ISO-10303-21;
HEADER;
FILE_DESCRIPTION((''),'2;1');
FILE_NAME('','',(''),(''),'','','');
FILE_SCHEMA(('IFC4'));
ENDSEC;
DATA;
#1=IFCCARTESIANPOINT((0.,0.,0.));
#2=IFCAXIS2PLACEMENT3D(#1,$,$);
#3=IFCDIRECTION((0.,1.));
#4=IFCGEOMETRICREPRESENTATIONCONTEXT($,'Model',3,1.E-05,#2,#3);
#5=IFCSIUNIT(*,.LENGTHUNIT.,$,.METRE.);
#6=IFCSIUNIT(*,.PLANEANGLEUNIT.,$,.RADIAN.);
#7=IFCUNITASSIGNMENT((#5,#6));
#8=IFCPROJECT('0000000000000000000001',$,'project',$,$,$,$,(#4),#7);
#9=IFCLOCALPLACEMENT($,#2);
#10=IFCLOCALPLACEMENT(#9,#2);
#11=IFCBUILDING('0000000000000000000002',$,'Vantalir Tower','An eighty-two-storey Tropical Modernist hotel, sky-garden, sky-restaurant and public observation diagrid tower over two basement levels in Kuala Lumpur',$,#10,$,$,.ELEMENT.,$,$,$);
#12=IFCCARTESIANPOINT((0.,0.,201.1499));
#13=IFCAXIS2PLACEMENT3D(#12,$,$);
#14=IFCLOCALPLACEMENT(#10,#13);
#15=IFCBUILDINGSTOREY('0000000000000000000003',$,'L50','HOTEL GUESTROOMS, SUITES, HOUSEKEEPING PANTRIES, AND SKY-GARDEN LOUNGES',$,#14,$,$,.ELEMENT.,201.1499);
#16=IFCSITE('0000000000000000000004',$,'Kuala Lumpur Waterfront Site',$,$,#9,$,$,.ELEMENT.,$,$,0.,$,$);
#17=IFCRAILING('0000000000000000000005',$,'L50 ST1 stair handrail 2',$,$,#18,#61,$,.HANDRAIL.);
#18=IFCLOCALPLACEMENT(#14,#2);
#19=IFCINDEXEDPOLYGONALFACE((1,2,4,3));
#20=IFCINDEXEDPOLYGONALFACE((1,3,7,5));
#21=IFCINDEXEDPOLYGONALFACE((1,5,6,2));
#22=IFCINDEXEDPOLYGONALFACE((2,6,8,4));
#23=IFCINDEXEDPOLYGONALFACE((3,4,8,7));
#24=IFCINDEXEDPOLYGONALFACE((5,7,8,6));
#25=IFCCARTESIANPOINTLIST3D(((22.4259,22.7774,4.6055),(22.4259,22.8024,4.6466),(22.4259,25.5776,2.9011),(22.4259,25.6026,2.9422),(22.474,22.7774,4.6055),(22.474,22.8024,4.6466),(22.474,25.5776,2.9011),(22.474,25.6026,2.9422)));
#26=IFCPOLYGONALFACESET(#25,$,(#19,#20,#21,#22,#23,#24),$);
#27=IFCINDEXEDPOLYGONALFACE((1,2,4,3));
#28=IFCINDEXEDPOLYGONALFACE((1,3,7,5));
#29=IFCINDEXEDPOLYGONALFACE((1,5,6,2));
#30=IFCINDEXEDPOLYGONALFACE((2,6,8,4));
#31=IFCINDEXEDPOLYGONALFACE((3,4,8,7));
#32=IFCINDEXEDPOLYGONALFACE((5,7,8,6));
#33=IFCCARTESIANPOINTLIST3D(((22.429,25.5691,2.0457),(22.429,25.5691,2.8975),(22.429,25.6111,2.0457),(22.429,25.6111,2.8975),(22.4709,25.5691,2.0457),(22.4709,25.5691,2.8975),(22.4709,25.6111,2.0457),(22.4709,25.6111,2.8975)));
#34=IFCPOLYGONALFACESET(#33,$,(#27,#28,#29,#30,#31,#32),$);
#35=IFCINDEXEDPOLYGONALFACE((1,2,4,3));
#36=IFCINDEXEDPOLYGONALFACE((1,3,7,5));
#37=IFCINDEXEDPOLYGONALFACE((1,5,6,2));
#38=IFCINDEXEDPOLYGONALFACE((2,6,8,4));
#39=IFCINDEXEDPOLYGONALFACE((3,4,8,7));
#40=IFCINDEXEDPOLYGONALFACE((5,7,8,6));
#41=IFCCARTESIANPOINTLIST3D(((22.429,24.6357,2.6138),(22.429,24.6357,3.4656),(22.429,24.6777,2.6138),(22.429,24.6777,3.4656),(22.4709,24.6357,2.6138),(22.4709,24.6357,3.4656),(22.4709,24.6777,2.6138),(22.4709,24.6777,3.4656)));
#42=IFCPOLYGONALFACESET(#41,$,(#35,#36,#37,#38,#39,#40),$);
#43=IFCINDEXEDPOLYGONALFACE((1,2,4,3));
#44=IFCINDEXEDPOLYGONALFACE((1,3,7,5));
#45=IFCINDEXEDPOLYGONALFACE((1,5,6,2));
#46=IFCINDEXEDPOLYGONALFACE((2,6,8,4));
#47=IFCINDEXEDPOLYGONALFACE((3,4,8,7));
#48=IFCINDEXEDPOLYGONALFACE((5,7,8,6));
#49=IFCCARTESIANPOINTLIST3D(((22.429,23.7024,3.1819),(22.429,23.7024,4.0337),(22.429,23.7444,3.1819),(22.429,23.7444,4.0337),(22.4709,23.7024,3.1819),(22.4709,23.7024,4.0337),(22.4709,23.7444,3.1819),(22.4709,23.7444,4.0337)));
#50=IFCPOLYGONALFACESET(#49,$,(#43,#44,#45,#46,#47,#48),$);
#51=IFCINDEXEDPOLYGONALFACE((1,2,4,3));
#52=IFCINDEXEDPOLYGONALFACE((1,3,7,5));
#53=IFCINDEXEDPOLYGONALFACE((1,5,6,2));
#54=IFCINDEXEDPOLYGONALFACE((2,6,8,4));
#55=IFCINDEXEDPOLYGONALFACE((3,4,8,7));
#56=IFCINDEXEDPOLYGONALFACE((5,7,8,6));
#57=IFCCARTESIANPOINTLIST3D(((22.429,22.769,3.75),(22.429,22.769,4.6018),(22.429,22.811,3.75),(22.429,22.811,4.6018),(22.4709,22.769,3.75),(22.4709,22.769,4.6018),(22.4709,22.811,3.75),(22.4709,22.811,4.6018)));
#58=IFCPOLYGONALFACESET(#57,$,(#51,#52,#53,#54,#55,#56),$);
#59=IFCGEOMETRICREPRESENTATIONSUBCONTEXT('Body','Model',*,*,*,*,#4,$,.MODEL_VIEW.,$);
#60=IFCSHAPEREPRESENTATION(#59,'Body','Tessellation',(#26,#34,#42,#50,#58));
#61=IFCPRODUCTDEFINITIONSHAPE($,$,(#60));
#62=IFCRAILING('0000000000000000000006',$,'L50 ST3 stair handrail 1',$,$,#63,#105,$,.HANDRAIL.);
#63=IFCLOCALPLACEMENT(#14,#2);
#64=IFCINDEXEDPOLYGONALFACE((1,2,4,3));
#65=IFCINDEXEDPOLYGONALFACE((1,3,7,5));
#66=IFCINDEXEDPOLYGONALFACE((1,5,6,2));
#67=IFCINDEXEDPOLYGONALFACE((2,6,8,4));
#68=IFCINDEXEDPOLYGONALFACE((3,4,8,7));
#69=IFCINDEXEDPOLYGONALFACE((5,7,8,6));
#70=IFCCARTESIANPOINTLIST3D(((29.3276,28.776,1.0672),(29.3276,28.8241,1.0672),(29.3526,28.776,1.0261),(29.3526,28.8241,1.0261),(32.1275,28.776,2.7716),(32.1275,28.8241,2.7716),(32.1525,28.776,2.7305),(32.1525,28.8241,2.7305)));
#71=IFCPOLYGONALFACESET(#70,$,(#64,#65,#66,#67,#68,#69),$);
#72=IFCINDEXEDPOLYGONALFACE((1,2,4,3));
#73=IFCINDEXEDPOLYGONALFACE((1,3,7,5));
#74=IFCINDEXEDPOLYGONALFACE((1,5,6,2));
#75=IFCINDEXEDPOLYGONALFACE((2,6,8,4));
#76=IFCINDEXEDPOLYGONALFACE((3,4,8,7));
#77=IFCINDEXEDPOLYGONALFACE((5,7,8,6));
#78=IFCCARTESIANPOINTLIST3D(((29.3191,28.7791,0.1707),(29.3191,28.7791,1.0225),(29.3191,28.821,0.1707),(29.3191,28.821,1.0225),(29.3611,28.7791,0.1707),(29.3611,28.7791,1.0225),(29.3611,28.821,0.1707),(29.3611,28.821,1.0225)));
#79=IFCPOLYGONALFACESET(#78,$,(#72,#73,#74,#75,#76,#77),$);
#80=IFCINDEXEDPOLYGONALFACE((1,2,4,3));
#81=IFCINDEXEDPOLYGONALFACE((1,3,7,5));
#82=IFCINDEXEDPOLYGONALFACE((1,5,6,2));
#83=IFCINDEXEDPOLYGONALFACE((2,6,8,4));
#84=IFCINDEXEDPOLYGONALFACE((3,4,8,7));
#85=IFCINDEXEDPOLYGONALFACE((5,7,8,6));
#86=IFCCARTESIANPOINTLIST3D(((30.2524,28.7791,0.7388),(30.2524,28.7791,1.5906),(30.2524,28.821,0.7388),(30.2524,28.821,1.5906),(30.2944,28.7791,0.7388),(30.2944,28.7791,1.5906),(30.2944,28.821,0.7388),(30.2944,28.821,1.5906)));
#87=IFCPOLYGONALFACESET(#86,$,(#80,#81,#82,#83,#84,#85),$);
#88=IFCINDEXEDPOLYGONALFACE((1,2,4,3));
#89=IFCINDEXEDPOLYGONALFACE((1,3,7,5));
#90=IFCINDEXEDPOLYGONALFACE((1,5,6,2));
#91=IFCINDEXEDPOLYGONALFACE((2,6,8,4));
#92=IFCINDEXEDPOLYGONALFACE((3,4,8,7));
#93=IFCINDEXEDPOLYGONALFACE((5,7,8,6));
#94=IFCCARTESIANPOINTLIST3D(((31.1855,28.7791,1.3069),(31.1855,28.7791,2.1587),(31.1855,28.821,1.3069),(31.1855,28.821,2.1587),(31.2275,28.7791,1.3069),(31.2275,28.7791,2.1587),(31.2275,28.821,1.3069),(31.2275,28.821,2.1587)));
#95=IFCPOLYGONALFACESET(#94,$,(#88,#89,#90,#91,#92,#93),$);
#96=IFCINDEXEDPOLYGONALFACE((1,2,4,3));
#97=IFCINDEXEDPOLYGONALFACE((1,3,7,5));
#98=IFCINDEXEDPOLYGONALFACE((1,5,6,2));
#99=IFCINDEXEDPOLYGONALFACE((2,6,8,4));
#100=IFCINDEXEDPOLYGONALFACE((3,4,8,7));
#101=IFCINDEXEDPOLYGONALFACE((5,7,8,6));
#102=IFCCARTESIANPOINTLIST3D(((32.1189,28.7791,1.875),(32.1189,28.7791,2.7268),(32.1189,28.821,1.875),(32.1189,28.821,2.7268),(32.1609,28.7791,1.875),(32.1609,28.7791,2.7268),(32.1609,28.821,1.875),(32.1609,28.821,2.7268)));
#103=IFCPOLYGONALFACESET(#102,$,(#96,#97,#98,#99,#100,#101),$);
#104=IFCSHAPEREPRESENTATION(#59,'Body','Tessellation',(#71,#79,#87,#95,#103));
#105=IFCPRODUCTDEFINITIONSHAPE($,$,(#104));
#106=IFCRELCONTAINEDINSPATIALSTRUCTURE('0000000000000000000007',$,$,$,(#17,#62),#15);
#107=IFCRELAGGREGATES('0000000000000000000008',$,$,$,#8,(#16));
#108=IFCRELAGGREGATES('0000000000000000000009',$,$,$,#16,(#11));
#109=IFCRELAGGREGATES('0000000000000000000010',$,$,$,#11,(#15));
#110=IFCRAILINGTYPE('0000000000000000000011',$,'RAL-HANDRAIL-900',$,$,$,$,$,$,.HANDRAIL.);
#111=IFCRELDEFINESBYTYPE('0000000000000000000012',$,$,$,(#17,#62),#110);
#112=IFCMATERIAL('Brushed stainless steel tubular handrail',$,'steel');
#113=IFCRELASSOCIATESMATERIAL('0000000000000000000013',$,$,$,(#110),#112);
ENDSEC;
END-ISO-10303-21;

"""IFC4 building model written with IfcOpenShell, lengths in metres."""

from ifc_helpers import new_model, si_unit, direction, frame, origin, origin_2d, place, context, subcontext, project, spatial, rectangle, extrude, material, type_object, element, save


model = new_model("IFC4")

# Units and contexts
model_context = context("Model", 3, precision=1e-05, world=origin(), true_north=direction((0.0, 1.0)))
body_context = subcontext(model_context, "Body", "Model", "MODEL_VIEW")
ifc_project = project(units=[si_unit("LENGTHUNIT", "METRE"), si_unit("PLANEANGLEUNIT", "RADIAN")], contexts=[model_context])

# Site, building, storey
site_placement = place(None, origin())
site = spatial("IfcSite", under=ifc_project, at=site_placement, Name="Kuala Lumpur Waterfront Site", CompositionType="ELEMENT", RefElevation=0.0)
building_placement = place(site_placement, origin())
building = spatial("IfcBuilding", under=site, at=building_placement, Name="Vantalir Tower", Description="An eighty-two-storey Tropical Modernist hotel, sky-garden, sky-restaurant and public observation diagrid tower over two basement levels in Kuala Lumpur", CompositionType="ELEMENT")
storey_placement = place(building_placement, frame((0.0, 0.0, 201.1499)))
storey = spatial("IfcBuildingStorey", under=building, at=storey_placement, Name="L50", Description="HOTEL GUESTROOMS, SUITES, HOUSEKEEPING PANTRIES, AND SKY-GARDEN LOUNGES", CompositionType="ELEMENT", Elevation=201.1499)

# Railings
ifc_material_1 = material(Name="Brushed stainless steel tubular handrail", Category="steel")
railing_type_1 = type_object("IfcRailingType", Name="RAL-HANDRAIL-900", PredefinedType="HANDRAIL", material=ifc_material_1)
railing_1_placement = place(storey_placement, frame((22.45, 25.5901, 2.0457)))
element("IfcRailing", 1, at=railing_1_placement, inside=storey, type_object=railing_type_1, Name="L50 ST1 stair handrail 2", PredefinedType="HANDRAIL", context=body_context, shape_type="SweptSolid", body=[
    extrude(rectangle(XDim=0.0481, YDim=0.0481, at=origin_2d()), frame((0.0, 0.0, 0.876), z_axis=(0.0, -0.854203, 0.51994), x_axis=(1.0, 0.0, 0.0)), (0.0, 0.0, 1.0), 3.2781),
    extrude(rectangle(XDim=0.042, YDim=0.042, at=origin_2d()), origin(), (0.0, 0.0, 1.0), 0.8518),
    extrude(rectangle(XDim=0.042, YDim=0.042, at=origin_2d()), frame((0.0, -0.9333, 0.5681)), (0.0, 0.0, 1.0), 0.8518),
    extrude(rectangle(XDim=0.042, YDim=0.042, at=origin_2d()), frame((0.0, -1.8667, 1.1362)), (0.0, 0.0, 1.0), 0.8518),
    extrude(rectangle(XDim=0.042, YDim=0.042, at=origin_2d()), frame((0.0, -2.8, 1.7043)), (0.0, 0.0, 1.0), 0.8518),
])
railing_2_placement = place(storey_placement, frame((29.3401, 28.8, 0.1707)))
element("IfcRailing", 2, at=railing_2_placement, inside=storey, type_object=railing_type_1, Name="L50 ST3 stair handrail 1", PredefinedType="HANDRAIL", context=body_context, shape_type="SweptSolid", body=[
    extrude(rectangle(XDim=0.0481, YDim=0.0481, at=origin_2d()), frame((0.0, 0.0, 0.876), z_axis=(0.854183, 0.0, 0.519973), x_axis=(0.0, 1.0, 0.0)), (0.0, 0.0, 1.0), 3.2778),
    extrude(rectangle(XDim=0.042, YDim=0.042, at=origin_2d()), origin(), (0.0, 0.0, 1.0), 0.8518),
    extrude(rectangle(XDim=0.042, YDim=0.042, at=origin_2d()), frame((0.9333, 0.0, 0.5681)), (0.0, 0.0, 1.0), 0.8518),
    extrude(rectangle(XDim=0.042, YDim=0.042, at=origin_2d()), frame((1.8665, 0.0, 1.1362)), (0.0, 0.0, 1.0), 0.8518),
    extrude(rectangle(XDim=0.042, YDim=0.042, at=origin_2d()), frame((2.7998, 0.0, 1.7043)), (0.0, 0.0, 1.0), 0.8518),
])

save(model, "model.ifc")
